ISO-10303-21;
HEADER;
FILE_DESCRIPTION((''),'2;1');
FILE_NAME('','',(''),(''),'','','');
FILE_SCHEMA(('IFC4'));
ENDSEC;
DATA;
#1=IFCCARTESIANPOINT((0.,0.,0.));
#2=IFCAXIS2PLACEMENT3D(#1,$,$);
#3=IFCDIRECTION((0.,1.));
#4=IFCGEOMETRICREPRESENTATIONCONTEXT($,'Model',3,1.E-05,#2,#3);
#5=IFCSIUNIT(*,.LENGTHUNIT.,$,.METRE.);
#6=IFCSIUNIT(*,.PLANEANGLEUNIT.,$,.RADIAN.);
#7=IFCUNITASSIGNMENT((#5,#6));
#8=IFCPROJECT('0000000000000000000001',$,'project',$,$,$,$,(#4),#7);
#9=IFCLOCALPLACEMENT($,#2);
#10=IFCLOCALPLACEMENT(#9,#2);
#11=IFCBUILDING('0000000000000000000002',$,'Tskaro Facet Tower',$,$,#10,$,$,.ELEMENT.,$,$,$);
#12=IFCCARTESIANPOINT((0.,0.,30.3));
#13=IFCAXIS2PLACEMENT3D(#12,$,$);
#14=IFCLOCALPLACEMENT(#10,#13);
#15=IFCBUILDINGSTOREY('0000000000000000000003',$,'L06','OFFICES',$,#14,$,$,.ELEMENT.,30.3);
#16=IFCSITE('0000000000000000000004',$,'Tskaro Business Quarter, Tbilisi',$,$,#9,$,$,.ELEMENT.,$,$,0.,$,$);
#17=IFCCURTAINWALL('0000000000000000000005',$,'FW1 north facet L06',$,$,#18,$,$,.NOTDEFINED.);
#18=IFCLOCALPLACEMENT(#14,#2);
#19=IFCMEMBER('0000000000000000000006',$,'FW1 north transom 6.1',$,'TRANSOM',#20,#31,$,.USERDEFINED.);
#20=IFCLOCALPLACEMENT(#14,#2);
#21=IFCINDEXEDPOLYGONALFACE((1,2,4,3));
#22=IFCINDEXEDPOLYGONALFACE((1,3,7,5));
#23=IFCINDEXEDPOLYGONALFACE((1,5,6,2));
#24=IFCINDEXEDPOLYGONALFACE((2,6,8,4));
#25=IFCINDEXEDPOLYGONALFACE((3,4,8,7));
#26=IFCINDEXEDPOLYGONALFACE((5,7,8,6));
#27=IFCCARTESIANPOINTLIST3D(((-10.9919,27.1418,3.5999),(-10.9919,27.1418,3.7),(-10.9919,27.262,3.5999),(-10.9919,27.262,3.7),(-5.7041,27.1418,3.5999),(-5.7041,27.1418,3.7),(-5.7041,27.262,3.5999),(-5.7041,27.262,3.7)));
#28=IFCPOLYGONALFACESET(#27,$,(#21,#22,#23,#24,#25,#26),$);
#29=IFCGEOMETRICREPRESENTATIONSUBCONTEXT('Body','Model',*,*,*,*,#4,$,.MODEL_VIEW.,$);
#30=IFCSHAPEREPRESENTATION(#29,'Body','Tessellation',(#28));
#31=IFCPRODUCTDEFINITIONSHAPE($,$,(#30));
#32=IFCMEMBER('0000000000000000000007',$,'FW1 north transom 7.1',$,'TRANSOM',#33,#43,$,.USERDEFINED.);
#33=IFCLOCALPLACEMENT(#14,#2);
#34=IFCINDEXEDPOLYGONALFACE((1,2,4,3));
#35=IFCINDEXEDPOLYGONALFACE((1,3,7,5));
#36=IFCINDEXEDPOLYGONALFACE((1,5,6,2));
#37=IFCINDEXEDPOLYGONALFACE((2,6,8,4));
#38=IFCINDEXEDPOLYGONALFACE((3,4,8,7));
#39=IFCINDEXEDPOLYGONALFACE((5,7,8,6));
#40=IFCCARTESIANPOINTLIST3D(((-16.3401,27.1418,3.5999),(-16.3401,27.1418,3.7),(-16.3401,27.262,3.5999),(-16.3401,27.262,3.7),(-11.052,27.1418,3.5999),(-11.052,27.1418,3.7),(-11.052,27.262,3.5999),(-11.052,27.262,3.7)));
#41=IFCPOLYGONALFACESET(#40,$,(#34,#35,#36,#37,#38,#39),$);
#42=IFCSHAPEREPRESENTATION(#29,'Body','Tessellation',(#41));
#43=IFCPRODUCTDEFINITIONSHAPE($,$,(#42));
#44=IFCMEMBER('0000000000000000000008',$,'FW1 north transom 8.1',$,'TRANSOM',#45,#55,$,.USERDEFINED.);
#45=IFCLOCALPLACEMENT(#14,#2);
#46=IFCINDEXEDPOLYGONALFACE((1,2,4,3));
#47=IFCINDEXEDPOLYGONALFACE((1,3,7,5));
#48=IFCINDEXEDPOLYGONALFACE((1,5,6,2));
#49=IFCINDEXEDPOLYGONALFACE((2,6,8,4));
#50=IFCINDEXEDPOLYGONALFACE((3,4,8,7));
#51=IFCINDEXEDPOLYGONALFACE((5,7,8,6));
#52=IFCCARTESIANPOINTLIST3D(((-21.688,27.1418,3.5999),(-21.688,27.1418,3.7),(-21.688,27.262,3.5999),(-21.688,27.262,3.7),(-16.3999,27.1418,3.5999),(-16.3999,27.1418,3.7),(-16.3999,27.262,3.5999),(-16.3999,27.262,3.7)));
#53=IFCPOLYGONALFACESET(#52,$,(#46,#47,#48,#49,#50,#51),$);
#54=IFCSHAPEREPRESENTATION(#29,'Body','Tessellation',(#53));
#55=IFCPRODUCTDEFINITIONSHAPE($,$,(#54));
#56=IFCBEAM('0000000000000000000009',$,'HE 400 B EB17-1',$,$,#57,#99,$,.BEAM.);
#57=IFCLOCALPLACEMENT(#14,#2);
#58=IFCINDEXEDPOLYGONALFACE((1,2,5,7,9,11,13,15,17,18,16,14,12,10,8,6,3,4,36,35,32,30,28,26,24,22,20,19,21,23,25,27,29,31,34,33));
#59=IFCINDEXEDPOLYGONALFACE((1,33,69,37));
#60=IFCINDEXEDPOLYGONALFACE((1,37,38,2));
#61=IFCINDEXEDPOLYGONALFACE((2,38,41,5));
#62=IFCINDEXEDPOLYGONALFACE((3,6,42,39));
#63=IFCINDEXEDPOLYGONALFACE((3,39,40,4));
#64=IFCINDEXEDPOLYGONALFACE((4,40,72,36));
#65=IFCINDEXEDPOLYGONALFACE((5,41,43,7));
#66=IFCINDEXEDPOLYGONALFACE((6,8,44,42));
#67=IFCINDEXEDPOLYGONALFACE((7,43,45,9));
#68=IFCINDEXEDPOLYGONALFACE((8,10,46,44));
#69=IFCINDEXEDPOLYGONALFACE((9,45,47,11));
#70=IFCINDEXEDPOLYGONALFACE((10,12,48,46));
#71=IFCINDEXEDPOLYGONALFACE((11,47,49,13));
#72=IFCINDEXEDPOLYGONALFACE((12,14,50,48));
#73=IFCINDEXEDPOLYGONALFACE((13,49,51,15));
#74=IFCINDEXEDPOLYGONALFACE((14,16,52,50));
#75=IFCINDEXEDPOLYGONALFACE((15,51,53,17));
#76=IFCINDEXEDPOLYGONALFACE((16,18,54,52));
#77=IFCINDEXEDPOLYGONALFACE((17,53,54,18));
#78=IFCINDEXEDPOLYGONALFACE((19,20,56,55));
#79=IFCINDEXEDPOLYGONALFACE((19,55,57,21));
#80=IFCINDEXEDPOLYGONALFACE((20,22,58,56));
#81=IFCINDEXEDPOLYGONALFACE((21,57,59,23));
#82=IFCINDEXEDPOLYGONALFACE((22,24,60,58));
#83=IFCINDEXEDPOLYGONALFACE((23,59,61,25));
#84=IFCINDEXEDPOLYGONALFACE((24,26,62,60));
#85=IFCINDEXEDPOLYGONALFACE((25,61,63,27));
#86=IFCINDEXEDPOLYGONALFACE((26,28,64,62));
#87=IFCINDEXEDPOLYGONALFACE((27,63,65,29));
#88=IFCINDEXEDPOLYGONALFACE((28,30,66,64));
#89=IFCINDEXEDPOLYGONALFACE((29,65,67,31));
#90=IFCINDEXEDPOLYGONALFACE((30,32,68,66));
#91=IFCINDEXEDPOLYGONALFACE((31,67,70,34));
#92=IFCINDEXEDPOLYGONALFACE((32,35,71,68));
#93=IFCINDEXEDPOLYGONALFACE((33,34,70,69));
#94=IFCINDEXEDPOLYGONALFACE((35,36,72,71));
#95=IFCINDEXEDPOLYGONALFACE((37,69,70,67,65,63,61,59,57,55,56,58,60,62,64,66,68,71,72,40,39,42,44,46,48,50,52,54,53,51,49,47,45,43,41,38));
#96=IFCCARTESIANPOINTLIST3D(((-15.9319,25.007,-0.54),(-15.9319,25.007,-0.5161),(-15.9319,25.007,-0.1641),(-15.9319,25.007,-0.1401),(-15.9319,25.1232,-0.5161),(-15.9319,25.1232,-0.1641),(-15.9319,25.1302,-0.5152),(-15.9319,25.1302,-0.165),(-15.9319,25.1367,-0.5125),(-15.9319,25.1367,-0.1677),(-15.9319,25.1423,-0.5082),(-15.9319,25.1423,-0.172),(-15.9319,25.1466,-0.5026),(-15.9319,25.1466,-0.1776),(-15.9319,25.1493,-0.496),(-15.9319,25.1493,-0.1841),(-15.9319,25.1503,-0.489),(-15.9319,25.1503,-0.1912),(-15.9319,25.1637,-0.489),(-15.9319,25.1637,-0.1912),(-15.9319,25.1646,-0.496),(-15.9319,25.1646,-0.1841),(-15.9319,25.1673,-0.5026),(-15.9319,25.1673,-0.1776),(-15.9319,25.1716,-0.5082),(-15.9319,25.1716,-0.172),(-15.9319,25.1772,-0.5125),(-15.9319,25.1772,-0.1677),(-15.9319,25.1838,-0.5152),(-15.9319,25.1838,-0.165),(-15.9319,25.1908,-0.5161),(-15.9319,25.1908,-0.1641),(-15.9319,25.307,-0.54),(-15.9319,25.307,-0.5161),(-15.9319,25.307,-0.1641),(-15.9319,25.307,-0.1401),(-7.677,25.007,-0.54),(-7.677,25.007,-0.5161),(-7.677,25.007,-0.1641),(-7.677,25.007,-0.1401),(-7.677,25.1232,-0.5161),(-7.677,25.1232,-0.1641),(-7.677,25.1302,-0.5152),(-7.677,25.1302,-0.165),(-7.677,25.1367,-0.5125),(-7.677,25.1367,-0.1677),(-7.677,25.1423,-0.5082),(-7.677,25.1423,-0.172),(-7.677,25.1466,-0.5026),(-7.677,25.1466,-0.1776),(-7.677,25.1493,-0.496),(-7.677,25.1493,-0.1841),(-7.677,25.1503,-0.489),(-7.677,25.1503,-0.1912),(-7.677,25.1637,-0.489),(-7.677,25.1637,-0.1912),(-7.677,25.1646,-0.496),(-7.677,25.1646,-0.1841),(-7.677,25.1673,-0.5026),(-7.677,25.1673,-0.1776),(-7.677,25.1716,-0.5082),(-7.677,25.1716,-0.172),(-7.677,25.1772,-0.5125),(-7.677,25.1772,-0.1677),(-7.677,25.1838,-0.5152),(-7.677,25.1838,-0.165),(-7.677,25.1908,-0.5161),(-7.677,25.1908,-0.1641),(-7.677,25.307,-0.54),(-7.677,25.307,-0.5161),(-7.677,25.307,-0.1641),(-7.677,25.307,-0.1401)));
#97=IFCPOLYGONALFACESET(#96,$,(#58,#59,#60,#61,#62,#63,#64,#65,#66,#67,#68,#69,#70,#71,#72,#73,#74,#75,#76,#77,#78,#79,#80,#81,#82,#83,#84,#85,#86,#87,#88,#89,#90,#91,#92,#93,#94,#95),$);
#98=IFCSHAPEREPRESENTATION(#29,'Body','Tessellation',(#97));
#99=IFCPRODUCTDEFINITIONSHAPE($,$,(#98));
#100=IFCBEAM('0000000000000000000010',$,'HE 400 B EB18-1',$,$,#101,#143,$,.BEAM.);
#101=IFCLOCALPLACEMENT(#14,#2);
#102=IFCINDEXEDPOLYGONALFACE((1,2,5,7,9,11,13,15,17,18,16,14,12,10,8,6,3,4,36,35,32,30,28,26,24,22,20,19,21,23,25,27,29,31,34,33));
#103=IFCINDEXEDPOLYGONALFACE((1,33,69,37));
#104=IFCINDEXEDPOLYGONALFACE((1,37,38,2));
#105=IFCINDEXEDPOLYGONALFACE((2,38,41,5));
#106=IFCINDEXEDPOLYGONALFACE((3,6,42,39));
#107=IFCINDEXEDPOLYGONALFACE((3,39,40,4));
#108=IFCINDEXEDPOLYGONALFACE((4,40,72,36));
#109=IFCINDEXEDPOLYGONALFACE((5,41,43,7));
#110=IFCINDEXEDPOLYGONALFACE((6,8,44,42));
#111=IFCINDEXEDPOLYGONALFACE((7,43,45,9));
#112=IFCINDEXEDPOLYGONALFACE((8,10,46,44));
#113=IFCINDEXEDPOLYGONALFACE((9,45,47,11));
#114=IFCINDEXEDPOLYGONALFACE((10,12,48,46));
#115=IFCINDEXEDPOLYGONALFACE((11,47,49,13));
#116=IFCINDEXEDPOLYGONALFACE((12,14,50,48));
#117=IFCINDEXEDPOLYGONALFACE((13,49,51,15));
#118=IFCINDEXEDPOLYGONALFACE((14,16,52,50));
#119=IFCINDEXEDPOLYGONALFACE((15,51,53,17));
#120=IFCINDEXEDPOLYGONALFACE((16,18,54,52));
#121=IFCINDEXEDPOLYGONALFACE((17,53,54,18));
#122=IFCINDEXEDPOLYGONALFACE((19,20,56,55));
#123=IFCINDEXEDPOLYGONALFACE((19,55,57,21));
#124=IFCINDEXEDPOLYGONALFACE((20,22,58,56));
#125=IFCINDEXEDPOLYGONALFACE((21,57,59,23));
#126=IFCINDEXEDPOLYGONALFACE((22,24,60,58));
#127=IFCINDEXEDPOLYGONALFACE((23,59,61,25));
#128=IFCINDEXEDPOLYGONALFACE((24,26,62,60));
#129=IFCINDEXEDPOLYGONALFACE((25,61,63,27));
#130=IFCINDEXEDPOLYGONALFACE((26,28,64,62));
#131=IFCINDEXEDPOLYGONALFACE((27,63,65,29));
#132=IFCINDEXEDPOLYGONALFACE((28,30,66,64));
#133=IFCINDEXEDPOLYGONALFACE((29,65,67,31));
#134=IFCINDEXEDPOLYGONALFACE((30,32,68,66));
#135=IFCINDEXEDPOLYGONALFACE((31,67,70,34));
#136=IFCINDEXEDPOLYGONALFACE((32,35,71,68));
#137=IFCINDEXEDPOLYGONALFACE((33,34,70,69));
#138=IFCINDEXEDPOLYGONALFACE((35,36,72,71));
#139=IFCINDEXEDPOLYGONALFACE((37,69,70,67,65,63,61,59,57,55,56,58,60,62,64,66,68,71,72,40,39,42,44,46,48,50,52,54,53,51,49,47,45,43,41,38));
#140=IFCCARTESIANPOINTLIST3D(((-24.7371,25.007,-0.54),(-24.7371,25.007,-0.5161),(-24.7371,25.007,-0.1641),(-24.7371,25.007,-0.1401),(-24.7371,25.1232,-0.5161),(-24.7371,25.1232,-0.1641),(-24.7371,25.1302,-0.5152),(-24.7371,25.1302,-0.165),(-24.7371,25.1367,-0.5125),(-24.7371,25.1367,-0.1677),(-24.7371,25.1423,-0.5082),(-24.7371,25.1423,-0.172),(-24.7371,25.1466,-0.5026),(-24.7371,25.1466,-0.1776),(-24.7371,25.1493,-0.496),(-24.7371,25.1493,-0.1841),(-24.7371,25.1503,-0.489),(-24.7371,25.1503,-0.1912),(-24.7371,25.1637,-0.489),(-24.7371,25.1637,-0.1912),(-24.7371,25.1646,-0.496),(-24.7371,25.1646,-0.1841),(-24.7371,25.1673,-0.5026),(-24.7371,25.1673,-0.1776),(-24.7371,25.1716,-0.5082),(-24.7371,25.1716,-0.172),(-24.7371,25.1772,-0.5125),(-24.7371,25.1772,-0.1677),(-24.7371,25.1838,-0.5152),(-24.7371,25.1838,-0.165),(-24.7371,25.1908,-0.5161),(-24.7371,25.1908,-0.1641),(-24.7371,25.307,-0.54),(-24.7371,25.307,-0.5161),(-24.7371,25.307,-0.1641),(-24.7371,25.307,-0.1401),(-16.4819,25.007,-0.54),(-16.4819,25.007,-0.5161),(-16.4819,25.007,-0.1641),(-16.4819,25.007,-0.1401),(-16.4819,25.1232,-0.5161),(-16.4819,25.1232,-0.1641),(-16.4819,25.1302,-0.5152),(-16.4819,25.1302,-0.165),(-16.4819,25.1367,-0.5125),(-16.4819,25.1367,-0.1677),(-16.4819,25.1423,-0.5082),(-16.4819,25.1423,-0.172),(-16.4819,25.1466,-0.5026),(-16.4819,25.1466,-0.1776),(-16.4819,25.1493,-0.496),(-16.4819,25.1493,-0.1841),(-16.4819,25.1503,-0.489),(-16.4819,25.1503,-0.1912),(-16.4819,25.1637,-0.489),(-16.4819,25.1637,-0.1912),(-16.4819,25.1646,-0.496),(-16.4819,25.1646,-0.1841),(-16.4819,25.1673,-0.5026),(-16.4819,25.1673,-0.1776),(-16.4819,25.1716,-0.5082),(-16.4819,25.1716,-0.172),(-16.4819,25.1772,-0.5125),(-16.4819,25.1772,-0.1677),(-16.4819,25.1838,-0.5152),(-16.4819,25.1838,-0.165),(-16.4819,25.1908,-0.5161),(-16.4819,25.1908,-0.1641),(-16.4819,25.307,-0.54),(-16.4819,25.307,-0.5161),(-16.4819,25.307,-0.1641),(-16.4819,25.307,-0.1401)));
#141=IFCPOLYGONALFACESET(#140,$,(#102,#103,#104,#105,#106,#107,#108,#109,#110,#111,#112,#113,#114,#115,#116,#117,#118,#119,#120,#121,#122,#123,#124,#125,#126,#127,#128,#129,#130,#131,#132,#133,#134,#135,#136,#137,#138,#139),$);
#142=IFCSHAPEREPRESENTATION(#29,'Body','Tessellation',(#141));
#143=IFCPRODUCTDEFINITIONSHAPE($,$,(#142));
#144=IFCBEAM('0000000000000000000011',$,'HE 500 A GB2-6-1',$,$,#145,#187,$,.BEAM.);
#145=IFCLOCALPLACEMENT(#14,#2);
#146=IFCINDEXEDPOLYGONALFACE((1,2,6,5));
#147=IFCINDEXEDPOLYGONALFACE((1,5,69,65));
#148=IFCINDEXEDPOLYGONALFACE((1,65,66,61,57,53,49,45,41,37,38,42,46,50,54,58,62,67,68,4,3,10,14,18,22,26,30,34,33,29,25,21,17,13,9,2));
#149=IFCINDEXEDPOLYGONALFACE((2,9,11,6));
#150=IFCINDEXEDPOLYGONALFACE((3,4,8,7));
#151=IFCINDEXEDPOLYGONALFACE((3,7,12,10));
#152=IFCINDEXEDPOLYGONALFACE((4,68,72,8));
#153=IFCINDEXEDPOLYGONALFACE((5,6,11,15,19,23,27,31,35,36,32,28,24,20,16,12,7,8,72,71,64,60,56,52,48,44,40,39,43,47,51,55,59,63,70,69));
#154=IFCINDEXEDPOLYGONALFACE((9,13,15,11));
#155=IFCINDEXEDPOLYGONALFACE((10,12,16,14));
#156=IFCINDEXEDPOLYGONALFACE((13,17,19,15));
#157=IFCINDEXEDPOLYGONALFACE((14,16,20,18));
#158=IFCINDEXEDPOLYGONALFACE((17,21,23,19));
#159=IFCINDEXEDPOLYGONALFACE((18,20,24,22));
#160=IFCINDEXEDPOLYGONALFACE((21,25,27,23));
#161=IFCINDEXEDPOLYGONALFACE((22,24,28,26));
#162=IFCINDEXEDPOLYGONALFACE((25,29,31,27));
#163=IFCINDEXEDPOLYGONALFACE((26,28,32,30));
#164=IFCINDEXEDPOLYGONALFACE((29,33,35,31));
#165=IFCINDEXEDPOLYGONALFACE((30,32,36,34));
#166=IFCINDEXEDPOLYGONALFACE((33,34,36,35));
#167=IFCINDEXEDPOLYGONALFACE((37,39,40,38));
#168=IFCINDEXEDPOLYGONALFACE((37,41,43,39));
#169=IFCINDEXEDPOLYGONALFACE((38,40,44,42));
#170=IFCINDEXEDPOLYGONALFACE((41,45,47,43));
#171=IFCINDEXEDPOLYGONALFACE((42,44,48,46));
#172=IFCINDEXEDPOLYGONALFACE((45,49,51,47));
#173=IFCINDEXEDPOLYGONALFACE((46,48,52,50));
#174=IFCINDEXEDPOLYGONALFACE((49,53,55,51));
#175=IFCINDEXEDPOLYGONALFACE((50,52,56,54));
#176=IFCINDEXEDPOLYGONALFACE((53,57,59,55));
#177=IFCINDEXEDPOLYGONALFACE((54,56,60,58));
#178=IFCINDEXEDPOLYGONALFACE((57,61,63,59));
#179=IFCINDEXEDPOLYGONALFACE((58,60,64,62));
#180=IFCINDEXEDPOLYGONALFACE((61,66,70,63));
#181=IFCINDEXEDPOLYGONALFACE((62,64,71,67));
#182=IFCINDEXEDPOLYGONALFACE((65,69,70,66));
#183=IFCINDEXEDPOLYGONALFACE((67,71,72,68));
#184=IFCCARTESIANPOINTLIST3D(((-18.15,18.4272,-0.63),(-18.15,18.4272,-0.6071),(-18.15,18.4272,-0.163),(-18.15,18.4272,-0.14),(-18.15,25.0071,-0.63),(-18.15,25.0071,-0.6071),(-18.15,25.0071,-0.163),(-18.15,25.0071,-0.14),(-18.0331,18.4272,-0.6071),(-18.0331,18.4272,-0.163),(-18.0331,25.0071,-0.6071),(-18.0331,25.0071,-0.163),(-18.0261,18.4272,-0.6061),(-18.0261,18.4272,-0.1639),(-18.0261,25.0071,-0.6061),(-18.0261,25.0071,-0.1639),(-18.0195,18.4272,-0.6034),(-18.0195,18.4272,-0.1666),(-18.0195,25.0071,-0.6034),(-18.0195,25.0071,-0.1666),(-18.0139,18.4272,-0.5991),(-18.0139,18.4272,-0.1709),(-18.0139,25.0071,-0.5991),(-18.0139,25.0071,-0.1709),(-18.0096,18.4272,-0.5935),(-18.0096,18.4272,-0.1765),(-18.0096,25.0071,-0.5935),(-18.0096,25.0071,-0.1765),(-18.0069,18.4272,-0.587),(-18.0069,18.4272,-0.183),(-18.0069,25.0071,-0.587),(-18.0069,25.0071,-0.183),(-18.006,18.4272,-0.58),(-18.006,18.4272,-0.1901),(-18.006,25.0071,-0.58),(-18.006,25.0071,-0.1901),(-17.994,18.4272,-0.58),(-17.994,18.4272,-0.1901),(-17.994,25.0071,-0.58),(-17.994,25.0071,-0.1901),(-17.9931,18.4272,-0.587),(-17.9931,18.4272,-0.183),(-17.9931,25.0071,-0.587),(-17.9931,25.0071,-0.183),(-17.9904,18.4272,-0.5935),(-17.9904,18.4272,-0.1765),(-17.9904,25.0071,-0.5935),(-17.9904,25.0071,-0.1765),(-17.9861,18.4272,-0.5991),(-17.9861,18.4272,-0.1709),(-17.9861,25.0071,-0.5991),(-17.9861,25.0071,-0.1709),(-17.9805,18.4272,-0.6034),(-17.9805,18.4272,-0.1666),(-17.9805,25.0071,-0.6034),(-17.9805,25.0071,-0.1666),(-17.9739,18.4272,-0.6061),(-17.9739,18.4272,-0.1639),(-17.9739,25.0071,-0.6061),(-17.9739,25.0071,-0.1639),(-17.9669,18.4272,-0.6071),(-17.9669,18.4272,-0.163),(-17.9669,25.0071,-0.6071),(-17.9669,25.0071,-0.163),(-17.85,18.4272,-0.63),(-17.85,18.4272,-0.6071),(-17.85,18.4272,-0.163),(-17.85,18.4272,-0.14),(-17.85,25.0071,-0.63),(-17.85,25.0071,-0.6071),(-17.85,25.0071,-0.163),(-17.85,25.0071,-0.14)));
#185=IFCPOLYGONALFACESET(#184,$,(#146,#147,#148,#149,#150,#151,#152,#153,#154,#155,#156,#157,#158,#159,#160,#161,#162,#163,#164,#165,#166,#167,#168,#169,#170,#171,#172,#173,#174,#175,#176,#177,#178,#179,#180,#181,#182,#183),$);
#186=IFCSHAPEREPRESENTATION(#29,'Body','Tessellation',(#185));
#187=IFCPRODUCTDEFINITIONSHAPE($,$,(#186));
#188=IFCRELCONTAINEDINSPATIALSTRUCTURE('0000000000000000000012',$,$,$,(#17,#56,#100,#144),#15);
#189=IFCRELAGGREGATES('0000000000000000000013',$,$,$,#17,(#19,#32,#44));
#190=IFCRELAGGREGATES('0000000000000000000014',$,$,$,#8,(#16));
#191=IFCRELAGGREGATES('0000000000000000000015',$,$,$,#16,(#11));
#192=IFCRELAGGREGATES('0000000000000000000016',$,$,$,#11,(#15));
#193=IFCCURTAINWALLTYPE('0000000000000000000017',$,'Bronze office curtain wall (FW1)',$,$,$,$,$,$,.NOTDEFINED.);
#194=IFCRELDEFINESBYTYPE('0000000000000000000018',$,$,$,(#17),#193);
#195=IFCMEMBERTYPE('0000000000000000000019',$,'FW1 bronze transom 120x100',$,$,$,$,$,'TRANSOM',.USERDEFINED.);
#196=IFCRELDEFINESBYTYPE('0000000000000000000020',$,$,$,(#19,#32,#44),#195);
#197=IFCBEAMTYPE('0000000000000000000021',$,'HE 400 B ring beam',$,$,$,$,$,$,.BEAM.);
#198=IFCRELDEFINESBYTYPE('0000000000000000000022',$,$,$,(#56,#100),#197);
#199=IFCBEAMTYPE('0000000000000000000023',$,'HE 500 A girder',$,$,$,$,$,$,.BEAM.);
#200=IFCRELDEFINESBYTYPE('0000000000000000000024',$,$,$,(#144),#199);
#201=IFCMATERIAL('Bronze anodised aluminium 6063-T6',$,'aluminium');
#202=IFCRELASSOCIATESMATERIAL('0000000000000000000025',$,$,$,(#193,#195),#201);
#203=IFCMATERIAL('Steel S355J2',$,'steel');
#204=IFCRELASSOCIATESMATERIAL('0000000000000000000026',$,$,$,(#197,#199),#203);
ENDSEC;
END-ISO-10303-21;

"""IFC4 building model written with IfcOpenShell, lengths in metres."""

from ifc_helpers import new_model, si_unit, direction, frame, origin, origin_2d, place, context, subcontext, project, spatial, rectangle, i_section, extrude, material, material_profile, profile_set, type_object, element, aggregate, save


model = new_model("IFC4")

# Units and contexts
model_context = context("Model", 3, precision=1e-05, world=origin(), true_north=direction((0.0, 1.0)))
body_context = subcontext(model_context, "Body", "Model", "MODEL_VIEW")
ifc_project = project(units=[si_unit("LENGTHUNIT", "METRE"), si_unit("PLANEANGLEUNIT", "RADIAN")], contexts=[model_context])

# Site, building, storey
site_placement = place(None, origin())
site = spatial("IfcSite", under=ifc_project, at=site_placement, Name="Tskaro Business Quarter, Tbilisi", CompositionType="ELEMENT", RefElevation=0.0)
building_placement = place(site_placement, origin())
building = spatial("IfcBuilding", under=site, at=building_placement, Name="Tskaro Facet Tower", CompositionType="ELEMENT")
storey_placement = place(building_placement, frame((0.0, 0.0, 30.3)))
storey = spatial("IfcBuildingStorey", under=building, at=storey_placement, Name="L06", Description="OFFICES", CompositionType="ELEMENT", Elevation=30.3)

# Curtain wall, members
ifc_material_1 = material(Name="Bronze anodised aluminium 6063-T6", Category="aluminium")
curtain_wall_type = type_object("IfcCurtainWallType", Name="Bronze office curtain wall (FW1)", PredefinedType="NOTDEFINED", material=ifc_material_1)
curtain_wall_placement = place(storey_placement, origin())
curtain_wall = element("IfcCurtainWall", 1, at=curtain_wall_placement, inside=storey, type_object=curtain_wall_type, Name="FW1 north facet L06", PredefinedType="NOTDEFINED")
ifc_material_profile_1 = material_profile(ifc_material_1, rectangle(XDim=0.1201, YDim=0.1001, at=origin_2d()), Name="Transom 120x100")
ifc_profile_set_1 = profile_set([ifc_material_profile_1], Name="Bronze anodised aluminium 6063-T6")
member_type_1 = type_object("IfcMemberType", Name="FW1 bronze transom 120x100", ElementType="TRANSOM", PredefinedType="USERDEFINED", material=ifc_profile_set_1)
member_1_placement = place(storey_placement, frame((-5.7041, 27.2019, 3.6499), z_axis=(-1.0, 0.0, 0.0), x_axis=(0.0, -1.0, 0.0)))
member_1 = element("IfcMember", 2, at=member_1_placement, type_object=member_type_1, Name="FW1 north transom 6.1", ObjectType="TRANSOM", PredefinedType="USERDEFINED", context=body_context, shape_type="SweptSolid", body=[
    extrude(rectangle(XDim=0.1201, YDim=0.1001, at=origin_2d()), origin(), (0.0, 0.0, 1.0), 5.2878),
])
member_2_placement = place(storey_placement, frame((-11.052, 27.2019, 3.6499), z_axis=(-1.0, 0.0, 0.0), x_axis=(0.0, -1.0, 0.0)))
member_2 = element("IfcMember", 3, at=member_2_placement, type_object=member_type_1, Name="FW1 north transom 7.1", ObjectType="TRANSOM", PredefinedType="USERDEFINED", context=body_context, shape_type="SweptSolid", body=[
    extrude(rectangle(XDim=0.1201, YDim=0.1001, at=origin_2d()), origin(), (0.0, 0.0, 1.0), 5.2881),
])
member_3_placement = place(storey_placement, frame((-16.3999, 27.2019, 3.6499), z_axis=(-1.0, 0.0, 0.0), x_axis=(0.0, -1.0, 0.0)))
member_3 = element("IfcMember", 4, at=member_3_placement, type_object=member_type_1, Name="FW1 north transom 8.1", ObjectType="TRANSOM", PredefinedType="USERDEFINED", context=body_context, shape_type="SweptSolid", body=[
    extrude(rectangle(XDim=0.1201, YDim=0.1001, at=origin_2d()), origin(), (0.0, 0.0, 1.0), 5.2881),
])

# Beams
ifc_material_2 = material(Name="Steel S355J2", Category="steel")
ifc_material_profile_2 = material_profile(ifc_material_2, i_section(OverallWidth=0.3, OverallDepth=0.3999, WebThickness=0.0134, FlangeThickness=0.0239, FilletRadius=0.0271, at=origin_2d()), Name="HE 400 B")
ifc_profile_set_2 = profile_set([ifc_material_profile_2], Name="Steel S355J2")
beam_type_1 = type_object("IfcBeamType", Name="HE 400 B ring beam", PredefinedType="BEAM", material=ifc_profile_set_2)
beam_1_placement = place(storey_placement, frame((-7.677, 25.157, -0.3401), z_axis=(-1.0, 0.0, 0.0), x_axis=(0.0, -1.0, 0.0)))
element("IfcBeam", 5, at=beam_1_placement, inside=storey, type_object=beam_type_1, Name="HE 400 B EB17-1", PredefinedType="BEAM", context=body_context, shape_type="SweptSolid", body=[
    extrude(i_section(OverallWidth=0.3, OverallDepth=0.3999, WebThickness=0.0134, FlangeThickness=0.0239, FilletRadius=0.0271, at=origin_2d()), origin(), (0.0, 0.0, 1.0), 8.2549),
])
beam_2_placement = place(storey_placement, frame((-16.4819, 25.157, -0.3401), z_axis=(-1.0, 0.0, 0.0), x_axis=(0.0, -1.0, 0.0)))
element("IfcBeam", 6, at=beam_2_placement, inside=storey, type_object=beam_type_1, Name="HE 400 B EB18-1", PredefinedType="BEAM", context=body_context, shape_type="SweptSolid", body=[
    extrude(i_section(OverallWidth=0.3, OverallDepth=0.3999, WebThickness=0.0134, FlangeThickness=0.0239, FilletRadius=0.0271, at=origin_2d()), origin(), (0.0, 0.0, 1.0), 8.2551),
])
ifc_material_profile_3 = material_profile(ifc_material_2, i_section(OverallWidth=0.3, OverallDepth=0.49, WebThickness=0.012, FlangeThickness=0.0229, FilletRadius=0.0271, at=origin_2d()), Name="HE 500 A")
ifc_profile_set_3 = profile_set([ifc_material_profile_3], Name="Steel S355J2")
beam_type_2 = type_object("IfcBeamType", Name="HE 500 A girder", PredefinedType="BEAM", material=ifc_profile_set_3)
for number, where, z_axis, x_axis, name in (
    (7, (-18.0, 18.4272, -0.385), (0.0, 1.0, 0.0), (-1.0, 0.0, 0.0), "HE 500 A GB2-6-1"),
):
    element("IfcBeam", number, at=place(storey_placement, frame(where, z_axis=z_axis, x_axis=x_axis)), inside=storey, type_object=beam_type_2, Name=name, PredefinedType="BEAM", context=body_context, shape_type="SweptSolid", body=[
        extrude(i_section(OverallWidth=0.3, OverallDepth=0.49, WebThickness=0.012, FlangeThickness=0.0229, FilletRadius=0.0271, at=origin_2d()), origin(), (0.0, 0.0, 1.0), 6.5798),
    ])

aggregate(curtain_wall, [member_1, member_2, member_3])

save(model, "model.ifc")
